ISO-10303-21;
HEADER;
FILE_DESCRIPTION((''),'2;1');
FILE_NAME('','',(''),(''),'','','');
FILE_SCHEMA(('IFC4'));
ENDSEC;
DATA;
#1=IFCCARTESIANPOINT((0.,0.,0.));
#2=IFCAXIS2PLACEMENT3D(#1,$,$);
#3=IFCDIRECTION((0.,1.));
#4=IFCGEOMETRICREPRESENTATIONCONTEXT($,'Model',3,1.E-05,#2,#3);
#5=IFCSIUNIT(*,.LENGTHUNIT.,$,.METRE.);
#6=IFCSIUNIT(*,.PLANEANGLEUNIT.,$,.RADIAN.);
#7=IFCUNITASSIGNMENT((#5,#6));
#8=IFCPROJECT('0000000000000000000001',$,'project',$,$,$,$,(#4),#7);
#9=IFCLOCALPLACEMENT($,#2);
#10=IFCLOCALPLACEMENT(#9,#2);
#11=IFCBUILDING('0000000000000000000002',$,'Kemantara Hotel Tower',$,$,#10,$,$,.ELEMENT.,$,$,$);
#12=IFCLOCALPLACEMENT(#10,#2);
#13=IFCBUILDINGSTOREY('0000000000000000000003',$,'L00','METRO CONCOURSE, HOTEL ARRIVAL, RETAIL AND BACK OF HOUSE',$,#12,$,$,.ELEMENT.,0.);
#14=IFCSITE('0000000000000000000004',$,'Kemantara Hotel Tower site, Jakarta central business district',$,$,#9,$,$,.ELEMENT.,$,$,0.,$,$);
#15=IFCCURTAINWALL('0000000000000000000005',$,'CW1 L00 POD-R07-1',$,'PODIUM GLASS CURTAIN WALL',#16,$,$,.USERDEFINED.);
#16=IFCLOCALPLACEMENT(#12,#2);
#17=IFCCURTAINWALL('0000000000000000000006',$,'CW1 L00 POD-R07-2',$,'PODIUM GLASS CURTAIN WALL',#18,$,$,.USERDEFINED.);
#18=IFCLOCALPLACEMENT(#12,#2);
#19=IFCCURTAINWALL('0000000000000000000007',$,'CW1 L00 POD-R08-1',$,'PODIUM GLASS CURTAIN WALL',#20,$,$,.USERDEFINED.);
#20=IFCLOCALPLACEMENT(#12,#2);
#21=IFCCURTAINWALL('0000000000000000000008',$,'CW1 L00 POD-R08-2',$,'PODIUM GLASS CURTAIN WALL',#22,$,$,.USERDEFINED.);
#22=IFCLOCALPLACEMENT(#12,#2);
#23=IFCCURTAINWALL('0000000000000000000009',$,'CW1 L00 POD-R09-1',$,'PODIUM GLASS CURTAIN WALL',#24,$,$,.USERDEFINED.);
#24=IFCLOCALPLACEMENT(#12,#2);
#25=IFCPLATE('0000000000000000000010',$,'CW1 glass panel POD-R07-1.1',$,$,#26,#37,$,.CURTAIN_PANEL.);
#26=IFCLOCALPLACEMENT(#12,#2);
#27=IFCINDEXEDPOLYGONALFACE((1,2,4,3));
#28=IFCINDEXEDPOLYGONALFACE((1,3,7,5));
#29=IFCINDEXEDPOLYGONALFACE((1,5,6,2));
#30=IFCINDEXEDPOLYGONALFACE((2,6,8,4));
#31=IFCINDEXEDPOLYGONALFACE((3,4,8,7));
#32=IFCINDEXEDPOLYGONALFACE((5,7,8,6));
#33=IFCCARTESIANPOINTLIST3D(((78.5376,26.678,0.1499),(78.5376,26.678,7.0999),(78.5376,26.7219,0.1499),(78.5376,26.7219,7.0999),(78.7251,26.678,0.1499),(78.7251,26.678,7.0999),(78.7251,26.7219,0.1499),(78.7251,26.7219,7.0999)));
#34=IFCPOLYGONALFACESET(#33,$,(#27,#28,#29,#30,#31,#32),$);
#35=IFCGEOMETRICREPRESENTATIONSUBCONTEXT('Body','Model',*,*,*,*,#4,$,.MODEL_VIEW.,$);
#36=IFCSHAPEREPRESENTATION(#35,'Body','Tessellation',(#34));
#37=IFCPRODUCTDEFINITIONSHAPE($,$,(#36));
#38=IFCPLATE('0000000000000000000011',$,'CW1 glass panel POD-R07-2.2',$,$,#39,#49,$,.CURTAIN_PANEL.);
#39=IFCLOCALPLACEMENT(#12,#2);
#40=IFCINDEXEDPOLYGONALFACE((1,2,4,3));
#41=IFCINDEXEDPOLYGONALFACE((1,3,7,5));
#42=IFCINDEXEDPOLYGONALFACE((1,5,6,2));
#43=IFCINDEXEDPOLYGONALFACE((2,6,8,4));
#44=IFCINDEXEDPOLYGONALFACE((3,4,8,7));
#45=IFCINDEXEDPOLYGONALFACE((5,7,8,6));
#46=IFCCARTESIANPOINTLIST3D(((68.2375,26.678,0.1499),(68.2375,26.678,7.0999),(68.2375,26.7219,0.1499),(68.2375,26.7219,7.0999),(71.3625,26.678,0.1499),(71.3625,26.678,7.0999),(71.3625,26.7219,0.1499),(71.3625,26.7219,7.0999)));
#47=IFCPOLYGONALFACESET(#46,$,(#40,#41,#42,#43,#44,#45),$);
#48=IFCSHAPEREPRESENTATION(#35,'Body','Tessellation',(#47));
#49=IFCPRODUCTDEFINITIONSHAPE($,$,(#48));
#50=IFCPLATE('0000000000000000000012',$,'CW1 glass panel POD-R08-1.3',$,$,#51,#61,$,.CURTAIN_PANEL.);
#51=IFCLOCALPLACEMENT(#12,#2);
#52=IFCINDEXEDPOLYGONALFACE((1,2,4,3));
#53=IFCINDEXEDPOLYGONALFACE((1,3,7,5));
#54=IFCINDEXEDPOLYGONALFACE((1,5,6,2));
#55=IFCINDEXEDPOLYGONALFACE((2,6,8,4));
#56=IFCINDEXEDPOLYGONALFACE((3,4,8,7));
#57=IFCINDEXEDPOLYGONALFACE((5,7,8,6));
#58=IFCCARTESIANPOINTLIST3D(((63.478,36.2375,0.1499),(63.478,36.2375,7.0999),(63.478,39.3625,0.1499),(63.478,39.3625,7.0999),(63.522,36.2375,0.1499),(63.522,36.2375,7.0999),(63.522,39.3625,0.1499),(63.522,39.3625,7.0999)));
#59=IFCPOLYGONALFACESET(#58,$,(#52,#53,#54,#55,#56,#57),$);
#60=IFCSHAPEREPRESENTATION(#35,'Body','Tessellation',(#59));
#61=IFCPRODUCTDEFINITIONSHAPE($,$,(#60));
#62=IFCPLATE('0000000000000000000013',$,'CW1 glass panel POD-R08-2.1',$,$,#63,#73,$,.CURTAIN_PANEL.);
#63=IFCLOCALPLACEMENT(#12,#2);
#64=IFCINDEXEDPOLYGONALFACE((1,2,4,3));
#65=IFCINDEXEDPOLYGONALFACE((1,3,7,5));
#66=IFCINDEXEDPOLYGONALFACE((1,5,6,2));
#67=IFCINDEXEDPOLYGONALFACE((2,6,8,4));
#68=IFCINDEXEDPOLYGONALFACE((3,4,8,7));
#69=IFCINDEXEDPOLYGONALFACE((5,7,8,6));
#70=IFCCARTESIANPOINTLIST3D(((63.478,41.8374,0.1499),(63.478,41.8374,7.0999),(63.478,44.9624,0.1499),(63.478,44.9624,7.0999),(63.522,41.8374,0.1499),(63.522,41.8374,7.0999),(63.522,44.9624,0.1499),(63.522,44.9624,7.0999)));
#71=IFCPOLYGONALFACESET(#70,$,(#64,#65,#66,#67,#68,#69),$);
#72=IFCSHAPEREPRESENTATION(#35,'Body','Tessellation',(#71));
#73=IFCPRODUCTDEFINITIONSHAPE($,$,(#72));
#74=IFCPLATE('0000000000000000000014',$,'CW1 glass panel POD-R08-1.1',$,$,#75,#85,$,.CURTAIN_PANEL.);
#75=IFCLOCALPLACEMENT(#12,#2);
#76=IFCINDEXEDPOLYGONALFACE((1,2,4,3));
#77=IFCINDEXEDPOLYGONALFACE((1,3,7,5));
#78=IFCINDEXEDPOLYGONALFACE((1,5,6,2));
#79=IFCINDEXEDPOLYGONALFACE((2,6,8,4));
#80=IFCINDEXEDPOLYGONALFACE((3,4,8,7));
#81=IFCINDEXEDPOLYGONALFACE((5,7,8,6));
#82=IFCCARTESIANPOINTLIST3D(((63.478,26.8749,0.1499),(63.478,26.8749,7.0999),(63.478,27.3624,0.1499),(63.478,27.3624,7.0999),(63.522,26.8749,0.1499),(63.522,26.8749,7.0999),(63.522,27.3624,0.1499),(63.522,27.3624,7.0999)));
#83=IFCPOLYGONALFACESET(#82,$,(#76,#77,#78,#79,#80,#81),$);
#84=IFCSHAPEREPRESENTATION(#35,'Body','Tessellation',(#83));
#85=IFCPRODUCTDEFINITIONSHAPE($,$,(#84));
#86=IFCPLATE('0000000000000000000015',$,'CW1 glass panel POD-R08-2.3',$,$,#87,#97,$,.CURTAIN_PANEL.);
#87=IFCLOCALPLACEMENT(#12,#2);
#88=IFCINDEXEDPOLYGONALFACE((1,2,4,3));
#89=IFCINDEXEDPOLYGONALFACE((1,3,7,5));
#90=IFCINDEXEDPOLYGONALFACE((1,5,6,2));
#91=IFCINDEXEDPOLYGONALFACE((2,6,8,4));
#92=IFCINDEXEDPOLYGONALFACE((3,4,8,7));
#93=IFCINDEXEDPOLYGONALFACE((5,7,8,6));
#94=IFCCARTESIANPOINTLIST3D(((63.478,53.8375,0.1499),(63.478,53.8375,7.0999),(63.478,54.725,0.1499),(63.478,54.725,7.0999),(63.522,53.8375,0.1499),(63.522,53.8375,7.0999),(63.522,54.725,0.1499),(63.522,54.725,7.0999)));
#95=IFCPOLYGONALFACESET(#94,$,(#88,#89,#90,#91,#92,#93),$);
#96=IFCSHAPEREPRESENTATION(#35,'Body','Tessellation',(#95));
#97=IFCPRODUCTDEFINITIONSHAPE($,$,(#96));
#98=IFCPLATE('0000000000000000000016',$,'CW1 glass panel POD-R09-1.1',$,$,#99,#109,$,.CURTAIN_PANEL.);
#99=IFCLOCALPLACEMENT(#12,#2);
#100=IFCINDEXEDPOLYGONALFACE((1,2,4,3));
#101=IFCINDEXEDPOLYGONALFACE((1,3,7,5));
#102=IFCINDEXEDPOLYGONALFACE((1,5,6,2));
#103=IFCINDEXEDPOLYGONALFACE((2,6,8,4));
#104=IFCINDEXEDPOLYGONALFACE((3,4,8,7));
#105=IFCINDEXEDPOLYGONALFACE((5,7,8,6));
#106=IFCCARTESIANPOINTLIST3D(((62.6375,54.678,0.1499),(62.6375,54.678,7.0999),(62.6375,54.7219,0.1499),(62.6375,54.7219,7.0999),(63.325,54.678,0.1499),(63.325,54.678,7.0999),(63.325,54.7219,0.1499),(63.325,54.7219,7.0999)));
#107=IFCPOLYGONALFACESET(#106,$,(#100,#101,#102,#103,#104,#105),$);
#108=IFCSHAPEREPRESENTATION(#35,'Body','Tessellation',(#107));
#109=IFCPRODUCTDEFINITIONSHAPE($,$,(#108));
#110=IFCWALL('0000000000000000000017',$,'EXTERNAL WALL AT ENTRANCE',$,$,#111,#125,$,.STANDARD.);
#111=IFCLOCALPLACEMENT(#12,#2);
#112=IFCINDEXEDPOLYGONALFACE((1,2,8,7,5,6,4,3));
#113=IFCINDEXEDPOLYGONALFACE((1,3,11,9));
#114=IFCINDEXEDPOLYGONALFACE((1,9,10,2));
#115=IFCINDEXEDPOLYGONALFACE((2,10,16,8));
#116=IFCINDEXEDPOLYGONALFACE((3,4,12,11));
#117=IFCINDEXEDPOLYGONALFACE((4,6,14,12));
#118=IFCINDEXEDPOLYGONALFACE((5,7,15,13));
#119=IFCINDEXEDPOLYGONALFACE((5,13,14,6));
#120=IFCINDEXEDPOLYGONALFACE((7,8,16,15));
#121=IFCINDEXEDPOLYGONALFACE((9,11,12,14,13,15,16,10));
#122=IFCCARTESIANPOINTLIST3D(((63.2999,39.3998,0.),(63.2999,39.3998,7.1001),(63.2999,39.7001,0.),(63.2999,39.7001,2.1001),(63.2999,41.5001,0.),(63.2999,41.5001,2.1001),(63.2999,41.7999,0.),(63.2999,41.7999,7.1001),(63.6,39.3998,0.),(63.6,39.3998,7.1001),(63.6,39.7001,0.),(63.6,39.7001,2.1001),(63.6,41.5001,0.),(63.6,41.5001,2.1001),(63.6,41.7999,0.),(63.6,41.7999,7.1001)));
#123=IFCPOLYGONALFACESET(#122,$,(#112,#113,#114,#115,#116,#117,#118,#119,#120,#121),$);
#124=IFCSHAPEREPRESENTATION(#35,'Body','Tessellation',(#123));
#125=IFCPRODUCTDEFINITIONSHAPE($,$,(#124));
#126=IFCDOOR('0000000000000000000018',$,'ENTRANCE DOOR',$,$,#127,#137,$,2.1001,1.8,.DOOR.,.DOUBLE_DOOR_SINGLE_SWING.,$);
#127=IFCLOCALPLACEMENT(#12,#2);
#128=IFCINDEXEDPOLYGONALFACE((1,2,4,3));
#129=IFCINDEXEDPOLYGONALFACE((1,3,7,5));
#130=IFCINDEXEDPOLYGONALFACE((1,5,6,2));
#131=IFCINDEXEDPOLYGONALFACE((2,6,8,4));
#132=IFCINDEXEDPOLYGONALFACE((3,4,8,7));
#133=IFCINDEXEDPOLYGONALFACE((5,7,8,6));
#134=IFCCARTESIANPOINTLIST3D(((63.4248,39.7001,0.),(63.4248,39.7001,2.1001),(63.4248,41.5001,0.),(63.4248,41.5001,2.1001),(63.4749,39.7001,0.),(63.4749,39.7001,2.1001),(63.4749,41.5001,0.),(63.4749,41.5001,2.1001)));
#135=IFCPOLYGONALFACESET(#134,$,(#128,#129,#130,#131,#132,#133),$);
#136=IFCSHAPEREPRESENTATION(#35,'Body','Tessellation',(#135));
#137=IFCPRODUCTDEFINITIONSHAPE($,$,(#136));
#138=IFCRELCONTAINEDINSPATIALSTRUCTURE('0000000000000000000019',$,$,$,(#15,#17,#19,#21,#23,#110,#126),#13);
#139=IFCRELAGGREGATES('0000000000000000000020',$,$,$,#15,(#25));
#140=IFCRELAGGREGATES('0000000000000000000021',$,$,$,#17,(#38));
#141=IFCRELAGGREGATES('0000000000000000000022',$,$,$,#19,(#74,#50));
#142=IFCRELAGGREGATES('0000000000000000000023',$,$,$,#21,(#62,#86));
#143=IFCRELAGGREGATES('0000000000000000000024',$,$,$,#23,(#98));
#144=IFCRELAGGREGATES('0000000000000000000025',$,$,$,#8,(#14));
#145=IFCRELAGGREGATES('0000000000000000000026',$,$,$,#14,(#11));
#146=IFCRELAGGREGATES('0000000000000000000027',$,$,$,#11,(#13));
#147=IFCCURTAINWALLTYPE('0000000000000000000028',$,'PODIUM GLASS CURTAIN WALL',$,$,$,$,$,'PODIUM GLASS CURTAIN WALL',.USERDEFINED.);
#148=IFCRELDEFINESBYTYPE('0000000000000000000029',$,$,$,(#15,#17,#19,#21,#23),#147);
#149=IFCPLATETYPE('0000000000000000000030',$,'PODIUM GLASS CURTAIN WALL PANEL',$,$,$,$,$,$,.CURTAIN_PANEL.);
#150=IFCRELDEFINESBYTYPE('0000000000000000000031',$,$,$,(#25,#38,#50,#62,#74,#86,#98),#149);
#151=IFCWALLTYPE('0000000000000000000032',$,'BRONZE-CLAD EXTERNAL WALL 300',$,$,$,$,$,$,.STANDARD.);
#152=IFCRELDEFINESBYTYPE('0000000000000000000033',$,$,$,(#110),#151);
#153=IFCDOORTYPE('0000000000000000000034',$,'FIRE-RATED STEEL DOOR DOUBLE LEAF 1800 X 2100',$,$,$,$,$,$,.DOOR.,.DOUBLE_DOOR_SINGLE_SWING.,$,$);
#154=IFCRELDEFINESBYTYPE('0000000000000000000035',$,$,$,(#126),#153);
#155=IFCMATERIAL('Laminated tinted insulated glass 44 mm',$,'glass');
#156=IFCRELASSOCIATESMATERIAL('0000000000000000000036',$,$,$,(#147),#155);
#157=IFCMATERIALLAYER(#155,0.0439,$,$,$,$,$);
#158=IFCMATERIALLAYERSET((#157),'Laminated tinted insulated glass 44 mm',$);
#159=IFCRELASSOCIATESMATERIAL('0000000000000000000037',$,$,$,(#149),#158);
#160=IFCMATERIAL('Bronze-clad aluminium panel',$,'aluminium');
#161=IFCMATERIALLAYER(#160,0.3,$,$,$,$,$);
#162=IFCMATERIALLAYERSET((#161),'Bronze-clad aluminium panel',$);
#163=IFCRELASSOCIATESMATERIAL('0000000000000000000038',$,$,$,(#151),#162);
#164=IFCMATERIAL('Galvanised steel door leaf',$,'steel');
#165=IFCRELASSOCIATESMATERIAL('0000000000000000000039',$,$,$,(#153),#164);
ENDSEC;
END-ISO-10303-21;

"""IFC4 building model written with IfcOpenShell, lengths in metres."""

from ifc_helpers import new_model, si_unit, direction, frame, frame_2d, origin, origin_2d, place, context, subcontext, project, spatial, rectangle, extrude, source, transform, mapped, material, layer, layer_set, type_object, element, fill, aggregate, save


model = new_model("IFC4")

# Units and contexts
model_context = context("Model", 3, precision=1e-05, world=origin(), true_north=direction((0.0, 1.0)))
body_context = subcontext(model_context, "Body", "Model", "MODEL_VIEW")
ifc_project = project(units=[si_unit("LENGTHUNIT", "METRE"), si_unit("PLANEANGLEUNIT", "RADIAN")], contexts=[model_context])

# Site, building, storey
site_placement = place(None, origin())
site = spatial("IfcSite", under=ifc_project, at=site_placement, Name="Kemantara Hotel Tower site, Jakarta central business district", CompositionType="ELEMENT", RefElevation=0.0)
building_placement = place(site_placement, origin())
building = spatial("IfcBuilding", under=site, at=building_placement, Name="Kemantara Hotel Tower", CompositionType="ELEMENT")
storey_placement = place(building_placement, origin())
storey = spatial("IfcBuildingStorey", under=building, at=storey_placement, Name="L00", Description="METRO CONCOURSE, HOTEL ARRIVAL, RETAIL AND BACK OF HOUSE", CompositionType="ELEMENT", Elevation=0.0)

# Curtain walls
ifc_material_1 = material(Name="Laminated tinted insulated glass 44 mm", Category="glass")
curtain_wall_type = type_object("IfcCurtainWallType", Name="PODIUM GLASS CURTAIN WALL", ElementType="PODIUM GLASS CURTAIN WALL", PredefinedType="USERDEFINED", material=ifc_material_1)
curtain_wall_1_placement = place(storey_placement, origin())
curtain_wall_1 = element("IfcCurtainWall", 1, at=curtain_wall_1_placement, inside=storey, type_object=curtain_wall_type, Name="CW1 L00 POD-R07-1", ObjectType="PODIUM GLASS CURTAIN WALL", PredefinedType="USERDEFINED")
curtain_wall_2_placement = place(storey_placement, origin())
curtain_wall_2 = element("IfcCurtainWall", 2, at=curtain_wall_2_placement, inside=storey, type_object=curtain_wall_type, Name="CW1 L00 POD-R07-2", ObjectType="PODIUM GLASS CURTAIN WALL", PredefinedType="USERDEFINED")
curtain_wall_3_placement = place(storey_placement, origin())
curtain_wall_3 = element("IfcCurtainWall", 3, at=curtain_wall_3_placement, inside=storey, type_object=curtain_wall_type, Name="CW1 L00 POD-R08-1", ObjectType="PODIUM GLASS CURTAIN WALL", PredefinedType="USERDEFINED")
curtain_wall_4_placement = place(storey_placement, origin())
curtain_wall_4 = element("IfcCurtainWall", 4, at=curtain_wall_4_placement, inside=storey, type_object=curtain_wall_type, Name="CW1 L00 POD-R08-2", ObjectType="PODIUM GLASS CURTAIN WALL", PredefinedType="USERDEFINED")
curtain_wall_5_placement = place(storey_placement, origin())
curtain_wall_5 = element("IfcCurtainWall", 5, at=curtain_wall_5_placement, inside=storey, type_object=curtain_wall_type, Name="CW1 L00 POD-R09-1", ObjectType="PODIUM GLASS CURTAIN WALL", PredefinedType="USERDEFINED")

# Plates
ifc_layer_1 = layer(ifc_material_1, 0.0439)
ifc_layer_set_1 = layer_set([ifc_layer_1], Name="Laminated tinted insulated glass 44 mm")
plate_type = type_object("IfcPlateType", Name="PODIUM GLASS CURTAIN WALL PANEL", PredefinedType="CURTAIN_PANEL", material=ifc_layer_set_1)
shared_shape_1 = source(origin(), body_context, "Body", "SweptSolid", [
    extrude(rectangle(XDim=0.1875, YDim=0.0439, at=origin_2d()), origin(), (0.0, 0.0, 1.0), 6.95),
])
plate_1_placement = place(storey_placement, frame((78.6313, 26.7, 0.1499), z_axis=(0.0, 0.0, 1.0), x_axis=(-1.0, 0.0, 0.0)))
plate_1 = element("IfcPlate", 6, at=plate_1_placement, type_object=plate_type, Name="CW1 glass panel POD-R07-1.1", PredefinedType="CURTAIN_PANEL", context=body_context, shape_type="MappedRepresentation", body=[
    mapped(shared_shape_1, transform((0.0, 0.0, 0.0))),
])
aggregate(curtain_wall_1, [plate_1])
shared_shape_2 = source(origin(), body_context, "Body", "SweptSolid", [
    extrude(rectangle(XDim=3.125, YDim=0.0439, at=origin_2d()), origin(), (0.0, 0.0, 1.0), 6.95),
])
plate_2_placement = place(storey_placement, frame((69.8, 26.7, 0.1499), z_axis=(0.0, 0.0, 1.0), x_axis=(-1.0, 0.0, 0.0)))
plate_2 = element("IfcPlate", 7, at=plate_2_placement, type_object=plate_type, Name="CW1 glass panel POD-R07-2.2", PredefinedType="CURTAIN_PANEL", context=body_context, shape_type="MappedRepresentation", body=[
    mapped(shared_shape_2, transform((0.0, 0.0, 0.0))),
])
aggregate(curtain_wall_2, [plate_2])
plate_3_placement = place(storey_placement, frame((63.5, 37.8, 0.1499), z_axis=(0.0, 0.0, 1.0), x_axis=(0.0, 1.0, 0.0)))
plate_3 = element("IfcPlate", 8, at=plate_3_placement, type_object=plate_type, Name="CW1 glass panel POD-R08-1.3", PredefinedType="CURTAIN_PANEL", context=body_context, shape_type="MappedRepresentation", body=[
    mapped(shared_shape_2, transform((0.0, 0.0, 0.0))),
])
plate_4_placement = place(storey_placement, frame((63.5, 43.3999, 0.1499), z_axis=(0.0, 0.0, 1.0), x_axis=(0.0, 1.0, 0.0)))
plate_4 = element("IfcPlate", 9, at=plate_4_placement, type_object=plate_type, Name="CW1 glass panel POD-R08-2.1", PredefinedType="CURTAIN_PANEL", context=body_context, shape_type="MappedRepresentation", body=[
    mapped(shared_shape_2, transform((0.0, 0.0, 0.0))),
])
shared_shape_3 = source(origin(), body_context, "Body", "SweptSolid", [
    extrude(rectangle(XDim=0.4875, YDim=0.0439, at=origin_2d()), origin(), (0.0, 0.0, 1.0), 6.95),
])
plate_5_placement = place(storey_placement, frame((63.5, 27.1187, 0.1499), z_axis=(0.0, 0.0, 1.0), x_axis=(0.0, 1.0, 0.0)))
plate_5 = element("IfcPlate", 10, at=plate_5_placement, type_object=plate_type, Name="CW1 glass panel POD-R08-1.1", PredefinedType="CURTAIN_PANEL", context=body_context, shape_type="MappedRepresentation", body=[
    mapped(shared_shape_3, transform((0.0, 0.0, 0.0))),
])
aggregate(curtain_wall_3, [plate_5, plate_3])
shared_shape_4 = source(origin(), body_context, "Body", "SweptSolid", [
    extrude(rectangle(XDim=0.8875, YDim=0.0439, at=origin_2d()), origin(), (0.0, 0.0, 1.0), 6.95),
])
plate_6_placement = place(storey_placement, frame((63.5, 54.2812, 0.1499), z_axis=(0.0, 0.0, 1.0), x_axis=(0.0, 1.0, 0.0)))
plate_6 = element("IfcPlate", 11, at=plate_6_placement, type_object=plate_type, Name="CW1 glass panel POD-R08-2.3", PredefinedType="CURTAIN_PANEL", context=body_context, shape_type="MappedRepresentation", body=[
    mapped(shared_shape_4, transform((0.0, 0.0, 0.0))),
])
aggregate(curtain_wall_4, [plate_4, plate_6])
shared_shape_5 = source(origin(), body_context, "Body", "SweptSolid", [
    extrude(rectangle(XDim=0.6875, YDim=0.0439, at=origin_2d()), origin(), (0.0, 0.0, 1.0), 6.95),
])
plate_7_placement = place(storey_placement, frame((62.9812, 54.7, 0.1499), z_axis=(0.0, 0.0, 1.0), x_axis=(-1.0, 0.0, 0.0)))
plate_7 = element("IfcPlate", 12, at=plate_7_placement, type_object=plate_type, Name="CW1 glass panel POD-R09-1.1", PredefinedType="CURTAIN_PANEL", context=body_context, shape_type="MappedRepresentation", body=[
    mapped(shared_shape_5, transform((0.0, 0.0, 0.0))),
])
aggregate(curtain_wall_5, [plate_7])

# Wall, opening, door
ifc_material_2 = material(Name="Bronze-clad aluminium panel", Category="aluminium")
ifc_layer_2 = layer(ifc_material_2, 0.3)
ifc_layer_set_2 = layer_set([ifc_layer_2], Name="Bronze-clad aluminium panel")
wall_type = type_object("IfcWallType", Name="BRONZE-CLAD EXTERNAL WALL 300", PredefinedType="STANDARD", material=ifc_layer_set_2)
wall_placement = place(storey_placement, frame((63.45, 41.8, 0.0), z_axis=(0.0, 0.0, 1.0), x_axis=(0.0, -1.0, 0.0)))
wall = element("IfcWall", 13, at=wall_placement, inside=storey, type_object=wall_type, Name="EXTERNAL WALL AT ENTRANCE", PredefinedType="STANDARD", context=body_context, shape_type="SweptSolid", body=[
    extrude(rectangle(XDim=2.4001, YDim=0.3, at=frame_2d((1.2002, 0.0))), origin(), (0.0, 0.0, 1.0), 7.1001),
])
opening_placement = place(wall_placement, frame((0.3, 0.0, 0.0)))
opening = element("IfcOpeningElement", 14, at=opening_placement, cuts=wall, PredefinedType="OPENING", context=body_context, shape_type="SweptSolid", body=[
    extrude(rectangle(XDim=1.8, YDim=2.1001, at=frame_2d((0.8999, 1.05))), frame((0.0, 0.1599, 0.0), z_axis=(0.0, -1.0, 0.0), x_axis=(1.0, 0.0, 0.0)), (0.0, 0.0, 1.0), 0.3201),
])
ifc_material_3 = material(Name="Galvanised steel door leaf", Category="steel")
door_type = type_object("IfcDoorType", Name="FIRE-RATED STEEL DOOR DOUBLE LEAF 1800 X 2100", OperationType="DOUBLE_DOOR_SINGLE_SWING", PredefinedType="DOOR", material=ifc_material_3)
door_placement = place(opening_placement, origin())
door = element("IfcDoor", 15, at=door_placement, inside=storey, type_object=door_type, Name="ENTRANCE DOOR", OperationType="DOUBLE_DOOR_SINGLE_SWING", OverallHeight=2.1001, OverallWidth=1.8, PredefinedType="DOOR", context=body_context, shape_type="SweptSolid", body=[
    extrude(rectangle(XDim=1.8, YDim=2.1001, at=frame_2d((0.8999, 1.05))), frame((0.0, 0.0249, 0.0), z_axis=(0.0, -1.0, 0.0), x_axis=(1.0, 0.0, 0.0)), (0.0, 0.0, 1.0), 0.05),
])
fill(opening, door)

save(model, "model.ifc")
